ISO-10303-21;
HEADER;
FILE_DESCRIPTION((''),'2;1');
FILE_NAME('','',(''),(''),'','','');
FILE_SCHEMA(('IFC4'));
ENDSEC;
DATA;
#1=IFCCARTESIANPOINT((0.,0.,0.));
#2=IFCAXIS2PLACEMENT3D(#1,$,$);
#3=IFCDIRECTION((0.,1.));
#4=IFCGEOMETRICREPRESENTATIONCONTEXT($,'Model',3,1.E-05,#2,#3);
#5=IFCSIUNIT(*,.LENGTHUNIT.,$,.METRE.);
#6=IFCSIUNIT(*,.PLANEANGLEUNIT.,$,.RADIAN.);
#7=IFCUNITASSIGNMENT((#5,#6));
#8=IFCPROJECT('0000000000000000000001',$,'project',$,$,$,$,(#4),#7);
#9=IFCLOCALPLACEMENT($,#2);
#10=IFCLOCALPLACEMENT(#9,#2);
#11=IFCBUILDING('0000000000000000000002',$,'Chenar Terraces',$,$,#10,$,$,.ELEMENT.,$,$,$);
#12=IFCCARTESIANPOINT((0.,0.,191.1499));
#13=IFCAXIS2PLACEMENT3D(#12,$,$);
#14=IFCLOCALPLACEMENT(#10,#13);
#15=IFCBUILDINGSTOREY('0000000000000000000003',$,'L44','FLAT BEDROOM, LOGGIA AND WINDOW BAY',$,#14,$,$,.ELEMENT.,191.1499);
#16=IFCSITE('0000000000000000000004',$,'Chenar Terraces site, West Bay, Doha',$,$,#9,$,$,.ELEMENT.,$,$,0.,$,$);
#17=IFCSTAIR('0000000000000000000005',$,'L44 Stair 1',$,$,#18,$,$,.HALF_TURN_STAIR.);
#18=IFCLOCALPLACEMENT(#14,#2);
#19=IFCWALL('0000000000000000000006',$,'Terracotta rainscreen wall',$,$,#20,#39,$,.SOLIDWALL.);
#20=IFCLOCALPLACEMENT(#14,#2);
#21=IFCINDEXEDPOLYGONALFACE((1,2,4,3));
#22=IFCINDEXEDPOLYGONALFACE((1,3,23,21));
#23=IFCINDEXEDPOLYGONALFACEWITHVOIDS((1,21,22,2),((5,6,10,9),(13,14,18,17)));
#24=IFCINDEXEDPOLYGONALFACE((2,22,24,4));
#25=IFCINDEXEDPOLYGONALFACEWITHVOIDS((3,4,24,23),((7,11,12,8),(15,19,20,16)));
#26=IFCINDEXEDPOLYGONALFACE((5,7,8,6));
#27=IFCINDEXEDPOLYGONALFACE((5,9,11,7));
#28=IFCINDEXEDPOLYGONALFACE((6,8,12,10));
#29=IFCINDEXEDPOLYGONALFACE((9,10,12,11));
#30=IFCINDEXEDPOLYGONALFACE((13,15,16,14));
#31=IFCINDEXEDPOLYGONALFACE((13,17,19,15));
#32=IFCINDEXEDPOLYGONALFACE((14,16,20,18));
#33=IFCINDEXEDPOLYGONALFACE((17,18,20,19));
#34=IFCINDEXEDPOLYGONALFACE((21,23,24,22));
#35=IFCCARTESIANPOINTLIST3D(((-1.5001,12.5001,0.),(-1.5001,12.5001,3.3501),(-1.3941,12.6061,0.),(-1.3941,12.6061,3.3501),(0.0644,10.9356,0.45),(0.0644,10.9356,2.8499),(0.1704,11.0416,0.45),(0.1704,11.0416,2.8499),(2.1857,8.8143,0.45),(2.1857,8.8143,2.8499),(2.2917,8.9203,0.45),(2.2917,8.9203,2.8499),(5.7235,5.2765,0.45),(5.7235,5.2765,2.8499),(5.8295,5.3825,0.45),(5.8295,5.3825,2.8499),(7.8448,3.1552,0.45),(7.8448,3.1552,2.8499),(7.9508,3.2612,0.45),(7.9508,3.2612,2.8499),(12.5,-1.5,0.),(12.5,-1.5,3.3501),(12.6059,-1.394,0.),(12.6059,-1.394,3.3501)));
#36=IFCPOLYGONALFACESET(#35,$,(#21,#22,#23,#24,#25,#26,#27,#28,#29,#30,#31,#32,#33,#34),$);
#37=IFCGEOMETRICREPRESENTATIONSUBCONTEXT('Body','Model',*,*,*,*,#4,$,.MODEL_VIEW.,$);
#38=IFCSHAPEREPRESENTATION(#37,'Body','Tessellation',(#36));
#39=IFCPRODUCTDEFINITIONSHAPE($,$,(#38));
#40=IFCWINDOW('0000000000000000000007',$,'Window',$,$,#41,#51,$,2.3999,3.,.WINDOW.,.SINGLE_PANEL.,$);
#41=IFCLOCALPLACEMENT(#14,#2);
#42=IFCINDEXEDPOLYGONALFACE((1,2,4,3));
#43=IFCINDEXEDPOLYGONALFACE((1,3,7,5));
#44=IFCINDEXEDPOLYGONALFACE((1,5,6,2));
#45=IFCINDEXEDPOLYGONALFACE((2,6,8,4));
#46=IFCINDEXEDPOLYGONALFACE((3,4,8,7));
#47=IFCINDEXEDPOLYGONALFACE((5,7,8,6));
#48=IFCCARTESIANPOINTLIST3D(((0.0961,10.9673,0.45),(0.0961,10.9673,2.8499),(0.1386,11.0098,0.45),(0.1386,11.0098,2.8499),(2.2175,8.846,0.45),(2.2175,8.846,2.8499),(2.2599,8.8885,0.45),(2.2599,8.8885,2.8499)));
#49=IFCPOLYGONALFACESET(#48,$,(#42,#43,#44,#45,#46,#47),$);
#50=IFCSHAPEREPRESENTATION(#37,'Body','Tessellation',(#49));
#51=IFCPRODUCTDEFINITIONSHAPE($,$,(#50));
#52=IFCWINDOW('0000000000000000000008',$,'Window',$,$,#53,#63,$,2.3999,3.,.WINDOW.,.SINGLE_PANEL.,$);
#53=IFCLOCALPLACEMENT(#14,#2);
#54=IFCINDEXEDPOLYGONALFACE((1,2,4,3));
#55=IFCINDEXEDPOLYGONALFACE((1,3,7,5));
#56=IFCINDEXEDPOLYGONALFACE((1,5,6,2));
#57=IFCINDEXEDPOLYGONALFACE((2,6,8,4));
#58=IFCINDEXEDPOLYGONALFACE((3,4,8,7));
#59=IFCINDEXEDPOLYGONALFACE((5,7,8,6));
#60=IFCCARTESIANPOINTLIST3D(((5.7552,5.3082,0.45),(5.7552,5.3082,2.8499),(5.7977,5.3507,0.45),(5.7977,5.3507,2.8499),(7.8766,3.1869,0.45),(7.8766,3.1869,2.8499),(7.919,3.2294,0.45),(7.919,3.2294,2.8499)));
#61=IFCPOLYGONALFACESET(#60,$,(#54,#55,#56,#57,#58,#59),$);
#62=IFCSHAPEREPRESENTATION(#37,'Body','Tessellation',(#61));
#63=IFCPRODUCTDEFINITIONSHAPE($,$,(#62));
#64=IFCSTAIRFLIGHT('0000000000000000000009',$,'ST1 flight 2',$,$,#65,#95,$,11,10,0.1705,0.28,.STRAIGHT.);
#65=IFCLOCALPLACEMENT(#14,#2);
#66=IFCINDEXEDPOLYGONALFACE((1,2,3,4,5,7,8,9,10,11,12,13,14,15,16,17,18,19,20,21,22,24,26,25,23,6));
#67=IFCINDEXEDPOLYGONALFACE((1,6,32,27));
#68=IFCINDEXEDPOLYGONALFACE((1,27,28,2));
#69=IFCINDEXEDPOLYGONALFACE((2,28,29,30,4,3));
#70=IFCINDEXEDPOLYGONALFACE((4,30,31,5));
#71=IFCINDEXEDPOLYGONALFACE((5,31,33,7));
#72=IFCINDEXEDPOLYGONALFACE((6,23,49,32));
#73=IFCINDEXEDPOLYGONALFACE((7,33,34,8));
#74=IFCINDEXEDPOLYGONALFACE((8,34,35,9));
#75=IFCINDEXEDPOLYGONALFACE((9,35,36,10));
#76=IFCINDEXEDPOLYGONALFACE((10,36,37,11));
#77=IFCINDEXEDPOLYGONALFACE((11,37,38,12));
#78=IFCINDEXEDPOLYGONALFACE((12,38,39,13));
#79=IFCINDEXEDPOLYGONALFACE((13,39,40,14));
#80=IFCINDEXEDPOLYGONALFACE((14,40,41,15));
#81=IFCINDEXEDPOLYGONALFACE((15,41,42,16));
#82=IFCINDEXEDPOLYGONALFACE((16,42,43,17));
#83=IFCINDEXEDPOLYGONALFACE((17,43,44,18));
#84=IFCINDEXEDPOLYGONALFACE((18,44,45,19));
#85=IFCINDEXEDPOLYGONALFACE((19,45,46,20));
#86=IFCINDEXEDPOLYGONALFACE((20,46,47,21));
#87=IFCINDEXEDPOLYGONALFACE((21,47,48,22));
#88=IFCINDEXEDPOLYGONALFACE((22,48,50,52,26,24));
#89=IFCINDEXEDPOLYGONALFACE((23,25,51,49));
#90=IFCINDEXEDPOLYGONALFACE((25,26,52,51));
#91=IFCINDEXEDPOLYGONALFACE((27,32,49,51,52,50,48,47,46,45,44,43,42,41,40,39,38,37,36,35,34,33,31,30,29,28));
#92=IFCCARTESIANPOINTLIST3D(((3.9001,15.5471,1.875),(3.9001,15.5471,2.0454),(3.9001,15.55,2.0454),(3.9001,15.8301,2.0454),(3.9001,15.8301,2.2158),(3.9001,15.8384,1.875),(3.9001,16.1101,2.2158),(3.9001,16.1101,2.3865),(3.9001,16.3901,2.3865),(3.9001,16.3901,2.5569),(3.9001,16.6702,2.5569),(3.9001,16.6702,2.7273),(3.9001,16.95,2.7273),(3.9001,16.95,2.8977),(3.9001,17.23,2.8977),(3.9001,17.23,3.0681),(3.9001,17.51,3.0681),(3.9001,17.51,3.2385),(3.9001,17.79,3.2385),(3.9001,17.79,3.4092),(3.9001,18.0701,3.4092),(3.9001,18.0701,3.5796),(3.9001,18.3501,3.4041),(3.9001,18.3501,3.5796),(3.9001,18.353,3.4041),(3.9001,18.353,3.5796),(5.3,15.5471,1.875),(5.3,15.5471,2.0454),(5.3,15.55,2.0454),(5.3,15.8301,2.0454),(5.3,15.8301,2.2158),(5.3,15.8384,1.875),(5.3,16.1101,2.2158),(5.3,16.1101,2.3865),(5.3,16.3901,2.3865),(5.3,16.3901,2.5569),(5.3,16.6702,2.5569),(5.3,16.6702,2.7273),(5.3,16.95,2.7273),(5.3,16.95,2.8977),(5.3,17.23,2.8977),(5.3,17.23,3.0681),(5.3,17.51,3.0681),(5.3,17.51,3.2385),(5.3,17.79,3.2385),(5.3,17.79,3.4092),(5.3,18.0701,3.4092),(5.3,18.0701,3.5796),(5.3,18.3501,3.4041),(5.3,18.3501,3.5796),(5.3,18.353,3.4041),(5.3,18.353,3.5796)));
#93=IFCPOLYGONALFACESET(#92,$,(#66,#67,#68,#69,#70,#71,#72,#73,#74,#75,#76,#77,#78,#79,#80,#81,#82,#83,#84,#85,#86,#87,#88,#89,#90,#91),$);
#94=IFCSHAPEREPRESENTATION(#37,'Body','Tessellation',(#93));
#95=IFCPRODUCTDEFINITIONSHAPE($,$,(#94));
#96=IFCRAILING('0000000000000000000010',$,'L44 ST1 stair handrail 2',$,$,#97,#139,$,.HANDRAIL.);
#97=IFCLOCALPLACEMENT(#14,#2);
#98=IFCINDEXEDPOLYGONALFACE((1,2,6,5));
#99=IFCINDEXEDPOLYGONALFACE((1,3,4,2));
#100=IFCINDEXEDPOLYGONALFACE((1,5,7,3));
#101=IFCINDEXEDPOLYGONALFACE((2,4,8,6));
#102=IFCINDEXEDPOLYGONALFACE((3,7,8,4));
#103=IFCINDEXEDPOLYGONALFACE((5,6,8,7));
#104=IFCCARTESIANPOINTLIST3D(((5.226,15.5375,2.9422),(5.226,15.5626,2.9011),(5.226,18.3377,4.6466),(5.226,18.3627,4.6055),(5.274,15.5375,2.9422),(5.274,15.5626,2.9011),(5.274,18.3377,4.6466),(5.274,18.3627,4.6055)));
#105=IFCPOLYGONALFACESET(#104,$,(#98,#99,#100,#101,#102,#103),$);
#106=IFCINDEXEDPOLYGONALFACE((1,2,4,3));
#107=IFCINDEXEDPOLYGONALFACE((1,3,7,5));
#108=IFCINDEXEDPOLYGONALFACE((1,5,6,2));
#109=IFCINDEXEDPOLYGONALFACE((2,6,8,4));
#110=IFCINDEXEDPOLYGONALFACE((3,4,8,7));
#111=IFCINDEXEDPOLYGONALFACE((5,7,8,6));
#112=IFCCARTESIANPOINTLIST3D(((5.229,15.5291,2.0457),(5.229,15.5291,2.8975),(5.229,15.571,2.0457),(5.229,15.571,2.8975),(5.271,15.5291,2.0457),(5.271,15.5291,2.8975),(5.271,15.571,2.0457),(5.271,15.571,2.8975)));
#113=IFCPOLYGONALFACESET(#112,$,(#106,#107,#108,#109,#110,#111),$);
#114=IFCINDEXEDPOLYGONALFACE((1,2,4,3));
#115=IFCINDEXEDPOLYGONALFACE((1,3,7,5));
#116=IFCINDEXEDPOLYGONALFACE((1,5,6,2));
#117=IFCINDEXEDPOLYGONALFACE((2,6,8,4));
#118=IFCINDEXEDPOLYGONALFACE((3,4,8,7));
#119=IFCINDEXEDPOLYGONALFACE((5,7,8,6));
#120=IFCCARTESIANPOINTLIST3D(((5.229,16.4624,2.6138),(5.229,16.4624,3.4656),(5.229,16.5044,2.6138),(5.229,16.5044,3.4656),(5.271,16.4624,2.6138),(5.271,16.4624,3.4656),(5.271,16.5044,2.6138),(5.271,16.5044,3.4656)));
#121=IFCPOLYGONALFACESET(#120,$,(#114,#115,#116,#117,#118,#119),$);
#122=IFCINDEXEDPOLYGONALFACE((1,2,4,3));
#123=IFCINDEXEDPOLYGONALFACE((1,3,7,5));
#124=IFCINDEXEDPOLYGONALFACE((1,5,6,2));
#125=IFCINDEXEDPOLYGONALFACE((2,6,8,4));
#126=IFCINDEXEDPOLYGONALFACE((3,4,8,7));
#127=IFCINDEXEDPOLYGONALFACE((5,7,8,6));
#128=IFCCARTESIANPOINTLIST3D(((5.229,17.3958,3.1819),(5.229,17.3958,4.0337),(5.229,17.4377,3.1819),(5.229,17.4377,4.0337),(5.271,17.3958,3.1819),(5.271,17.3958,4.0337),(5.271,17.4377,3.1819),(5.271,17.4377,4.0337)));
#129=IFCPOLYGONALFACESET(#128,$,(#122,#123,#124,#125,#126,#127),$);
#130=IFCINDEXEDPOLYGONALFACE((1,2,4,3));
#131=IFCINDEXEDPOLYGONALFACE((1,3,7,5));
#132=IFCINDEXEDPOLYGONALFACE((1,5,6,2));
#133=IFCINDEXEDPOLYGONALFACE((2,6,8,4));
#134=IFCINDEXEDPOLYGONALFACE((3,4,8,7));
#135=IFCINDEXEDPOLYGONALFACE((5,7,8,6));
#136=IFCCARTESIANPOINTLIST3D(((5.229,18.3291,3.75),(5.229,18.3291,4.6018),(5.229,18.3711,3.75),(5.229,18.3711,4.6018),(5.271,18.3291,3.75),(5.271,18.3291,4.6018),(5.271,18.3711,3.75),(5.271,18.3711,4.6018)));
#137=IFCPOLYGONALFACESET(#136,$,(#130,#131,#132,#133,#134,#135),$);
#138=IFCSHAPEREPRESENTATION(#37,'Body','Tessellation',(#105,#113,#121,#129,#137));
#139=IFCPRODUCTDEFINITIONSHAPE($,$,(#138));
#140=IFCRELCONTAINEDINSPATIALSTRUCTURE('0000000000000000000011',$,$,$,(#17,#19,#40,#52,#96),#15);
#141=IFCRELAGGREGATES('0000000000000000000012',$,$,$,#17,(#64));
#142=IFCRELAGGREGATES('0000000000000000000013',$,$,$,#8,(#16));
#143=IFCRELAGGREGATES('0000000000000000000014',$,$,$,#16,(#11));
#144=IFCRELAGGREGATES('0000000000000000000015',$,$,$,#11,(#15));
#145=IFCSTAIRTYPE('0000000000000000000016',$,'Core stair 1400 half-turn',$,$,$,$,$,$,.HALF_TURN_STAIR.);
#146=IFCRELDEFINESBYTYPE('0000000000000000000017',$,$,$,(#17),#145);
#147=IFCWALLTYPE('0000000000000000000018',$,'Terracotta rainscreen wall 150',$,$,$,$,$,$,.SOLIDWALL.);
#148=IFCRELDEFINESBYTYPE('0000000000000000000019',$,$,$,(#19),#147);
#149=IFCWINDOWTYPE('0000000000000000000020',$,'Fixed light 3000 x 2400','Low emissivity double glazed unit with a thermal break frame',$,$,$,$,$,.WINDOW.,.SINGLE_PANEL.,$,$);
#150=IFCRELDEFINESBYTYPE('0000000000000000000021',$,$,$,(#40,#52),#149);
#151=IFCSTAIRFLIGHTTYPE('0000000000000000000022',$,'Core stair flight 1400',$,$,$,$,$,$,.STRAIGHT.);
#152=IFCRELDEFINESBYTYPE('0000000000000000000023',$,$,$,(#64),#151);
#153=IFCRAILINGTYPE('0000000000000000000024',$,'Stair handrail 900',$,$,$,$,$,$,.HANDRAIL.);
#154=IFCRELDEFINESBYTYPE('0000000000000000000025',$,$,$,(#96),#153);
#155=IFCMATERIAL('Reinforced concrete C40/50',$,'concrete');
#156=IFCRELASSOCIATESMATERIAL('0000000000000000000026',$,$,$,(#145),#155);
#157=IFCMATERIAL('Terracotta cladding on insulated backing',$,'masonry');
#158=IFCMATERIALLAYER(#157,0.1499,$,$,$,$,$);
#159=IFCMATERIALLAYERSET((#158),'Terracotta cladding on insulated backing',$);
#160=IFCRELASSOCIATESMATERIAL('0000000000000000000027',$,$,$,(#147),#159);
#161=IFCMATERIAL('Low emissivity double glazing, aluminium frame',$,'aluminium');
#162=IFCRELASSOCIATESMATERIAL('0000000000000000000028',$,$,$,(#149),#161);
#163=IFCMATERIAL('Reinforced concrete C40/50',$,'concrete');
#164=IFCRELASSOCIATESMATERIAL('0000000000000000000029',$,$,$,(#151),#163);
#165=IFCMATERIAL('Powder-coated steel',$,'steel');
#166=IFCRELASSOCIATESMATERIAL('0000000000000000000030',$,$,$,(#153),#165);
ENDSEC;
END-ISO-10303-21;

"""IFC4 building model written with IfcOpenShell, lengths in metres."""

from ifc_helpers import new_model, si_unit, direction, frame, frame_2d, origin, origin_2d, place, context, subcontext, project, spatial, polyline, rectangle, outline, extrude, material, layer, layer_set, type_object, element, fill, aggregate, save


model = new_model("IFC4")

# Units and contexts
model_context = context("Model", 3, precision=1e-05, world=origin(), true_north=direction((0.0, 1.0)))
body_context = subcontext(model_context, "Body", "Model", "MODEL_VIEW")
ifc_project = project(units=[si_unit("LENGTHUNIT", "METRE"), si_unit("PLANEANGLEUNIT", "RADIAN")], contexts=[model_context])

# Site, building, storey
site_placement = place(None, origin())
site = spatial("IfcSite", under=ifc_project, at=site_placement, Name="Chenar Terraces site, West Bay, Doha", CompositionType="ELEMENT", RefElevation=0.0)
building_placement = place(site_placement, origin())
building = spatial("IfcBuilding", under=site, at=building_placement, Name="Chenar Terraces", CompositionType="ELEMENT")
storey_placement = place(building_placement, frame((0.0, 0.0, 191.1499)))
storey = spatial("IfcBuildingStorey", under=building, at=storey_placement, Name="L44", Description="FLAT BEDROOM, LOGGIA AND WINDOW BAY", CompositionType="ELEMENT", Elevation=191.1499)

# Stair
ifc_material_1 = material(Name="Reinforced concrete C40/50", Category="concrete")
stair_type = type_object("IfcStairType", Name="Core stair 1400 half-turn", PredefinedType="HALF_TURN_STAIR", material=ifc_material_1)
placement_1 = place(storey_placement, origin())
stair_1 = element("IfcStair", 1, at=placement_1, inside=storey, type_object=stair_type, Name="L44 Stair 1", PredefinedType="HALF_TURN_STAIR")

# Wall, openings, windows
ifc_material_2 = material(Name="Terracotta cladding on insulated backing", Category="masonry")
ifc_layer_1 = layer(ifc_material_2, 0.1499)
ifc_layer_set_1 = layer_set([ifc_layer_1], Name="Terracotta cladding on insulated backing")
wall_type_1 = type_object("IfcWallType", Name="Terracotta rainscreen wall 150", PredefinedType="SOLIDWALL", material=ifc_layer_set_1)
wall_1_placement = place(storey_placement, frame((-1.447, 12.553, 0.0), z_axis=(0.0, 0.0, 1.0), x_axis=(0.707107, -0.707107, 0.0)))
wall_1 = element("IfcWall", 2, at=wall_1_placement, inside=storey, type_object=wall_type_1, Name="Terracotta rainscreen wall", PredefinedType="SOLIDWALL", context=body_context, shape_type="SweptSolid", body=[
    extrude(rectangle(XDim=19.7991, YDim=0.1499, at=frame_2d((9.8994, 0.0))), origin(), (0.0, 0.0, 1.0), 3.3501),
])
opening_1_placement = place(wall_1_placement, frame((2.2124, 0.0, 0.45)))
opening_1 = element("IfcOpeningElement", 3, at=opening_1_placement, cuts=wall_1, PredefinedType="OPENING", context=body_context, shape_type="SweptSolid", body=[
    extrude(rectangle(XDim=3.0, YDim=2.3999, at=frame_2d((1.5, 1.2))), frame((0.0, 0.085, 0.0), z_axis=(0.0, -1.0, 0.0), x_axis=(1.0, 0.0, 0.0)), (0.0, 0.0, 1.0), 0.1699),
])
opening_2_placement = place(wall_1_placement, frame((10.2156, 0.0, 0.45)))
opening_2 = element("IfcOpeningElement", 4, at=opening_2_placement, cuts=wall_1, PredefinedType="OPENING", context=body_context, shape_type="SweptSolid", body=[
    extrude(rectangle(XDim=3.0, YDim=2.3999, at=frame_2d((1.5, 1.2))), frame((0.0, 0.085, 0.0), z_axis=(0.0, -1.0, 0.0), x_axis=(1.0, 0.0, 0.0)), (0.0, 0.0, 1.0), 0.1699),
])
ifc_material_3 = material(Name="Low emissivity double glazing, aluminium frame", Category="aluminium")
window_type = type_object("IfcWindowType", Name="Fixed light 3000 x 2400", Description="Low emissivity double glazed unit with a thermal break frame", PartitioningType="SINGLE_PANEL", PredefinedType="WINDOW", material=ifc_material_3)
window_1_placement = place(opening_1_placement, origin())
window_1 = element("IfcWindow", 5, at=window_1_placement, inside=storey, type_object=window_type, Name="Window", OverallHeight=2.3999, OverallWidth=3.0, PartitioningType="SINGLE_PANEL", PredefinedType="WINDOW", context=body_context, shape_type="SweptSolid", body=[
    extrude(rectangle(XDim=3.0, YDim=2.3999, at=frame_2d((1.5, 1.2))), frame((0.0, 0.03, 0.0), z_axis=(0.0, -1.0, 0.0), x_axis=(1.0, 0.0, 0.0)), (0.0, 0.0, 1.0), 0.0601),
])
fill(opening_1, window_1)
window_2_placement = place(opening_2_placement, origin())
window_2 = element("IfcWindow", 6, at=window_2_placement, inside=storey, type_object=window_type, Name="Window", OverallHeight=2.3999, OverallWidth=3.0, PartitioningType="SINGLE_PANEL", PredefinedType="WINDOW", context=body_context, shape_type="SweptSolid", body=[
    extrude(rectangle(XDim=3.0, YDim=2.3999, at=frame_2d((1.5, 1.2))), frame((0.0, 0.03, 0.0), z_axis=(0.0, -1.0, 0.0), x_axis=(1.0, 0.0, 0.0)), (0.0, 0.0, 1.0), 0.0601),
])
fill(opening_2, window_2)

# Stair flight
ifc_material_4 = material(Name="Reinforced concrete C40/50", Category="concrete")
stair_flight_type = type_object("IfcStairFlightType", Name="Core stair flight 1400", PredefinedType="STRAIGHT", material=ifc_material_4)
stair_flight_placement = place(storey_placement, frame((4.6001, 15.55, 1.875), z_axis=(0.0, 0.0, 1.0), x_axis=(0.0, 1.0, 0.0)))
stair_flight = element("IfcStairFlight", 7, at=stair_flight_placement, type_object=stair_flight_type, Name="ST1 flight 2", NumberOfRisers=11, NumberOfTreads=10, PredefinedType="STRAIGHT", RiserHeight=0.1705, TreadLength=0.28, context=body_context, shape_type="SweptSolid", body=[
    extrude(outline(polyline([(-0.0029, 0.0), (-0.0029, 0.1704), (0.0, 0.1704), (0.28, 0.1704), (0.28, 0.3408), (0.5601, 0.3408), (0.5601, 0.5115), (0.8401, 0.5115), (0.8401, 0.6819), (1.1201, 0.6819), (1.1201, 0.8523), (1.3999, 0.8523), (1.3999, 1.0227), (1.6799, 1.0227), (1.6799, 1.1931), (1.96, 1.1931), (1.96, 1.3635), (2.24, 1.3635), (2.24, 1.5342), (2.52, 1.5342), (2.52, 1.7046), (2.8, 1.7046), (2.803, 1.7046), (2.803, 1.5291), (2.8, 1.5291), (0.2883, 0.0), (-0.0029, 0.0)])), frame((0.0, 0.7, 0.0), z_axis=(0.0, -1.0, 0.0), x_axis=(1.0, 0.0, 0.0)), (0.0, 0.0, 1.0), 1.3999),
])
aggregate(stair_1, [stair_flight])

# Railing
ifc_material_5 = material(Name="Powder-coated steel", Category="steel")
railing_type = type_object("IfcRailingType", Name="Stair handrail 900", PredefinedType="HANDRAIL", material=ifc_material_5)
railing_placement = place(storey_placement, frame((5.25, 15.55, 2.0457)))
element("IfcRailing", 8, at=railing_placement, inside=storey, type_object=railing_type, Name="L44 ST1 stair handrail 2", PredefinedType="HANDRAIL", context=body_context, shape_type="SweptSolid", body=[
    extrude(rectangle(XDim=0.0481, YDim=0.0481, at=origin_2d()), frame((0.0, 0.0, 0.876), z_axis=(0.0, 0.854203, 0.51994), x_axis=(-1.0, 0.0, 0.0)), (0.0, 0.0, 1.0), 3.2781),
    extrude(rectangle(XDim=0.042, YDim=0.042, at=origin_2d()), origin(), (0.0, 0.0, 1.0), 0.8518),
    extrude(rectangle(XDim=0.042, YDim=0.042, at=origin_2d()), frame((0.0, 0.9333, 0.5681)), (0.0, 0.0, 1.0), 0.8518),
    extrude(rectangle(XDim=0.042, YDim=0.042, at=origin_2d()), frame((0.0, 1.8667, 1.1362)), (0.0, 0.0, 1.0), 0.8518),
    extrude(rectangle(XDim=0.042, YDim=0.042, at=origin_2d()), frame((0.0, 2.8, 1.7043)), (0.0, 0.0, 1.0), 0.8518),
])

save(model, "model.ifc")
